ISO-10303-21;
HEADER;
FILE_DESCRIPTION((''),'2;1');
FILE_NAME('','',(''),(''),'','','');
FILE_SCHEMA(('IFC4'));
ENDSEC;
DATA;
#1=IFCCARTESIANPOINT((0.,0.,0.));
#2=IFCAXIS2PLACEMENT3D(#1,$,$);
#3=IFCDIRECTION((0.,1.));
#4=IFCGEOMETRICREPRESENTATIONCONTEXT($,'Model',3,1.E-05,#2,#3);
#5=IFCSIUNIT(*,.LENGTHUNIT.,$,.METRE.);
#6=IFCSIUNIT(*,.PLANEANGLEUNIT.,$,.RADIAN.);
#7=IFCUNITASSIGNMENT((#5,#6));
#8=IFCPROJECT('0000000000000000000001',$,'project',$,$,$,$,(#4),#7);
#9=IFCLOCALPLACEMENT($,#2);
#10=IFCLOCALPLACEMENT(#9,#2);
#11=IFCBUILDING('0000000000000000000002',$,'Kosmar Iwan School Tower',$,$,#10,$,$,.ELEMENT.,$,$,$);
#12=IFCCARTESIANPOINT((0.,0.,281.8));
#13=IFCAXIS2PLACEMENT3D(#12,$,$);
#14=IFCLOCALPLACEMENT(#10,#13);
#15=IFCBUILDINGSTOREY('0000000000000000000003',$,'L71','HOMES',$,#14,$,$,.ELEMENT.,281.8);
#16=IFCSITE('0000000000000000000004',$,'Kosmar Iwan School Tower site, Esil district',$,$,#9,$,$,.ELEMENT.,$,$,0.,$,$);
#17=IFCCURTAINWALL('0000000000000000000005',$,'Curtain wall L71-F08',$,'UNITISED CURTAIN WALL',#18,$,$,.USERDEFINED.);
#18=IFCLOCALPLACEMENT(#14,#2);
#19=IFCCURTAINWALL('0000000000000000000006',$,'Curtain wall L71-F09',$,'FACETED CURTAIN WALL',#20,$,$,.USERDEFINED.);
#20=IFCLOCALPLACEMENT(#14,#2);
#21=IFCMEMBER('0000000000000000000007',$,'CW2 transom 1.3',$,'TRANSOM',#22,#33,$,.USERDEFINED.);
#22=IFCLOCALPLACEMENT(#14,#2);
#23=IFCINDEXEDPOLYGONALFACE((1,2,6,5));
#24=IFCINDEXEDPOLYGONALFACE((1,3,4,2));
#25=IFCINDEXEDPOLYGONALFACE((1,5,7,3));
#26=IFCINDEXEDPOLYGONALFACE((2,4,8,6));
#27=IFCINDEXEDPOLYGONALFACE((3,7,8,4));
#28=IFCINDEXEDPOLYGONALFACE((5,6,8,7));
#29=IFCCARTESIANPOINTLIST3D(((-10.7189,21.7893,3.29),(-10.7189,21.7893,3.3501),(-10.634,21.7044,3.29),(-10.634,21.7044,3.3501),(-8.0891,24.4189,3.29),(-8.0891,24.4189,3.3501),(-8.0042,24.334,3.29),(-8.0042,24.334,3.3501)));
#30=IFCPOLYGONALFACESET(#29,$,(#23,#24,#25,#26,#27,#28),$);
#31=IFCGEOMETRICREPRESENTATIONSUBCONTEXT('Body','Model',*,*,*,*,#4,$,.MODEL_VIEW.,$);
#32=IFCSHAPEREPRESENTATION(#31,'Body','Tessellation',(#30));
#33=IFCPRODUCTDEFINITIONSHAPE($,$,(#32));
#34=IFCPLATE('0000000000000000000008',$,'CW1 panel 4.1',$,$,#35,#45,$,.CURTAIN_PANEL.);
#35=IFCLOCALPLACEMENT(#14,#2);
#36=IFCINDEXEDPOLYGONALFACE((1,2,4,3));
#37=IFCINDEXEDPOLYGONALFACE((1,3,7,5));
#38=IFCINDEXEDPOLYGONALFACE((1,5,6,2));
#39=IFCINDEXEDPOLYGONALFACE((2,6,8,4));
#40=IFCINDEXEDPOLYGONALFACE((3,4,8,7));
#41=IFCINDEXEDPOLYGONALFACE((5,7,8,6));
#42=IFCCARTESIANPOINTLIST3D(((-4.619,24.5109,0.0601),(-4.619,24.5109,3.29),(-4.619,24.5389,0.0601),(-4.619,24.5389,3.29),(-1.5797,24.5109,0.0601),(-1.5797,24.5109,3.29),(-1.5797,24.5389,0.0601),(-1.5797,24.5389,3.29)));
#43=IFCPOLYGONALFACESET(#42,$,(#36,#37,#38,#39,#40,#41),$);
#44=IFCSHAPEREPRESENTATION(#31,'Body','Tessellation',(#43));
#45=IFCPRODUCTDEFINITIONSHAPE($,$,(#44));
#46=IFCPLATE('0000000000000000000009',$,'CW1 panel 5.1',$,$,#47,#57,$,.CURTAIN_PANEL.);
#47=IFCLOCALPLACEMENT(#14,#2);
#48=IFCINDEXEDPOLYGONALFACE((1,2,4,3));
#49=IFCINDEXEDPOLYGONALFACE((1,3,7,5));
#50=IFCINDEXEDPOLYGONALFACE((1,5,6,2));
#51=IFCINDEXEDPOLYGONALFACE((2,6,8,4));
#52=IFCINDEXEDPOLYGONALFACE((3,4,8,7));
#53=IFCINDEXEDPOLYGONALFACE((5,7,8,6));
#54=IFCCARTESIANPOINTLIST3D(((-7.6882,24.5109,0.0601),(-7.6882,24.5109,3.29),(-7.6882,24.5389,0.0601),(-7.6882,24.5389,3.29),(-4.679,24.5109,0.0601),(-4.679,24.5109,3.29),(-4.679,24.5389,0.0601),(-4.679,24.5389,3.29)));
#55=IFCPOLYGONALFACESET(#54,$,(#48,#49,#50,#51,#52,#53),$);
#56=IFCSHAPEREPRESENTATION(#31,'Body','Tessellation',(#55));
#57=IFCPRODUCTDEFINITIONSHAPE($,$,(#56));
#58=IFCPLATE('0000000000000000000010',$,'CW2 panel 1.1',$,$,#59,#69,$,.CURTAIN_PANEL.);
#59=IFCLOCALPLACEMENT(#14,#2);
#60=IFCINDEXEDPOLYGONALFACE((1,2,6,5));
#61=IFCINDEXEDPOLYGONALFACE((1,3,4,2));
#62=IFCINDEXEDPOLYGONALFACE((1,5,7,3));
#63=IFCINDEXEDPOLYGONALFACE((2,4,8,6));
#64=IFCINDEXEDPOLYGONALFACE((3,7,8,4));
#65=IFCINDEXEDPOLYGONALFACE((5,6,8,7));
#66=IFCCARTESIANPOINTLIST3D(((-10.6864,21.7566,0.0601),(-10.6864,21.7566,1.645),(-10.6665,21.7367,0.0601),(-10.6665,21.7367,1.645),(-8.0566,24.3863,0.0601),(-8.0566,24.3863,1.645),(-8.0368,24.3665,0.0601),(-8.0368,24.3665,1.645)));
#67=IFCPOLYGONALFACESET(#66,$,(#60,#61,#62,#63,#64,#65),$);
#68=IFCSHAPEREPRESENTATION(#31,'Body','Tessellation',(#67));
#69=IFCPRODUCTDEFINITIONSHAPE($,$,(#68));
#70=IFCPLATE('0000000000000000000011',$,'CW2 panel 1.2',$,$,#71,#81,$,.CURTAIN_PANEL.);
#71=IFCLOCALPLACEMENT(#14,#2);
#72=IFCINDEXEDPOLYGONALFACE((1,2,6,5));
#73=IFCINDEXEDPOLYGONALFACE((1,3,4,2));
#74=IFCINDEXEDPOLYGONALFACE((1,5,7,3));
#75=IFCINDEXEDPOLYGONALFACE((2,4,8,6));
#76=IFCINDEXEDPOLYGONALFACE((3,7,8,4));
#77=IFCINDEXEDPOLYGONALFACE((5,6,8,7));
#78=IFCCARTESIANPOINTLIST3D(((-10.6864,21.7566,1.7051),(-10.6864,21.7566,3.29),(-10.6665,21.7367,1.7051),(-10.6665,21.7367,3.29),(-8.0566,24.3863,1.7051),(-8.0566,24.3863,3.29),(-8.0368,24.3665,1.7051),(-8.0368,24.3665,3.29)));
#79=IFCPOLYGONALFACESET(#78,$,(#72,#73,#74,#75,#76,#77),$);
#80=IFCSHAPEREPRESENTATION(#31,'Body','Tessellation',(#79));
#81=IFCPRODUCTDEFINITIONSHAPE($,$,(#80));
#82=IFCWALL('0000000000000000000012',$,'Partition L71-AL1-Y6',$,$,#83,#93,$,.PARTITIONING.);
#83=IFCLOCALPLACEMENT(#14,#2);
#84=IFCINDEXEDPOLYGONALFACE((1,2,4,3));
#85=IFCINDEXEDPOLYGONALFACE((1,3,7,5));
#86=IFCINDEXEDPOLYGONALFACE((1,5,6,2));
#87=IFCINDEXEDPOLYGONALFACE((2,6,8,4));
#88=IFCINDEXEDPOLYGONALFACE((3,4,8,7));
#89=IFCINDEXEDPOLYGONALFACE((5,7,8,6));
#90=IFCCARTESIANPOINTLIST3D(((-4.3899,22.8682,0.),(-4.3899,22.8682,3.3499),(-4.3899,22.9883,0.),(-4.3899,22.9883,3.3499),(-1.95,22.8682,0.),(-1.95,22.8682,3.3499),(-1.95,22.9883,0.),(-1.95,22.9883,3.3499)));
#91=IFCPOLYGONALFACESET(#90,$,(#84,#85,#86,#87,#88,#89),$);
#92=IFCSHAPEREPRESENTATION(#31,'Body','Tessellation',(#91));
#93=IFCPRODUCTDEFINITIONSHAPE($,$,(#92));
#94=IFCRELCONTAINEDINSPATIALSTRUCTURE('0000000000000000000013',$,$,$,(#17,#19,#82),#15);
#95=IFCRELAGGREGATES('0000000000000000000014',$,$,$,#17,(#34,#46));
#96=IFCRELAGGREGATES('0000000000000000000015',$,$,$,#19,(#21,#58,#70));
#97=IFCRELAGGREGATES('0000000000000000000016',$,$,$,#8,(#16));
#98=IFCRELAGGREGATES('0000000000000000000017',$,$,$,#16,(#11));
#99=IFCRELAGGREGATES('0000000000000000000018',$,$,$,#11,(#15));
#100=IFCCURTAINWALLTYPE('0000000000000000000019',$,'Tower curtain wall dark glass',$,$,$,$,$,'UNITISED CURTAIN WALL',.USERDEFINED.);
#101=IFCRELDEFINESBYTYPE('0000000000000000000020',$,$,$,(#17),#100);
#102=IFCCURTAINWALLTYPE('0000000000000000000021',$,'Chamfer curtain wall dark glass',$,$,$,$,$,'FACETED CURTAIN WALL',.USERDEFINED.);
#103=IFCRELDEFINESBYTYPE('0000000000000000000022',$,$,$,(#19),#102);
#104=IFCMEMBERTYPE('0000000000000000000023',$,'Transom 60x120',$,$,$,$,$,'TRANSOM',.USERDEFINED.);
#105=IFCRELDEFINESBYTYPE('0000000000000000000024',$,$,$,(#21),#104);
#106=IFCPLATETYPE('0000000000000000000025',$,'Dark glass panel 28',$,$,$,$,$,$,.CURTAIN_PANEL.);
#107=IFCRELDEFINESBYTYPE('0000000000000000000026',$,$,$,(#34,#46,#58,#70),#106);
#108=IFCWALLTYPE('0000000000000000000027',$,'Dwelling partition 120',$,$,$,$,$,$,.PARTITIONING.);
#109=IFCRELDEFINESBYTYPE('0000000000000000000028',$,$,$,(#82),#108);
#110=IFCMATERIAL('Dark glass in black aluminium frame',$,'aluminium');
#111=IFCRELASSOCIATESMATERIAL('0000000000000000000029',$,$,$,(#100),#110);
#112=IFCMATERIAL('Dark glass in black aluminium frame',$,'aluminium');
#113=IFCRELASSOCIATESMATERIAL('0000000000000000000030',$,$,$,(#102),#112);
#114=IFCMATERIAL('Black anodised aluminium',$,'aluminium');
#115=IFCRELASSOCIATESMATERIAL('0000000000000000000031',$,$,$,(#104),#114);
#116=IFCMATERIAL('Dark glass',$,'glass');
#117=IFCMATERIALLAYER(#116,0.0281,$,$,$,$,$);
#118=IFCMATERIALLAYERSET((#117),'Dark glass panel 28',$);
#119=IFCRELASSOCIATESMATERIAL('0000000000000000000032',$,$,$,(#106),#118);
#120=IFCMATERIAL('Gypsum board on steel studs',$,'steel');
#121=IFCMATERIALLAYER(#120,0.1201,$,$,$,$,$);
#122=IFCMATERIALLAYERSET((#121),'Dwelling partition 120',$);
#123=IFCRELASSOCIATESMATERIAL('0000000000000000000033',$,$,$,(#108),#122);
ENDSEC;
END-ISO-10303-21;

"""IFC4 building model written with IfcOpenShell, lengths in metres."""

from ifc_helpers import new_model, si_unit, direction, frame, frame_2d, origin, origin_2d, place, context, subcontext, project, spatial, rectangle, extrude, material, layer, layer_set, material_profile, profile_set, type_object, element, aggregate, save


model = new_model("IFC4")

# Units and contexts
model_context = context("Model", 3, precision=1e-05, world=origin(), true_north=direction((0.0, 1.0)))
body_context = subcontext(model_context, "Body", "Model", "MODEL_VIEW")
ifc_project = project(units=[si_unit("LENGTHUNIT", "METRE"), si_unit("PLANEANGLEUNIT", "RADIAN")], contexts=[model_context])

# Site, building, storey
site_placement = place(None, origin())
site = spatial("IfcSite", under=ifc_project, at=site_placement, Name="Kosmar Iwan School Tower site, Esil district", CompositionType="ELEMENT", RefElevation=0.0)
building_placement = place(site_placement, origin())
building = spatial("IfcBuilding", under=site, at=building_placement, Name="Kosmar Iwan School Tower", CompositionType="ELEMENT")
storey_placement = place(building_placement, frame((0.0, 0.0, 281.8)))
storey = spatial("IfcBuildingStorey", under=building, at=storey_placement, Name="L71", Description="HOMES", CompositionType="ELEMENT", Elevation=281.8)

# Curtain walls
ifc_material_1 = material(Name="Dark glass in black aluminium frame", Category="aluminium")
curtain_wall_type_1 = type_object("IfcCurtainWallType", Name="Tower curtain wall dark glass", ElementType="UNITISED CURTAIN WALL", PredefinedType="USERDEFINED", material=ifc_material_1)
curtain_wall_1_placement = place(storey_placement, origin())
curtain_wall_1 = element("IfcCurtainWall", 1, at=curtain_wall_1_placement, inside=storey, type_object=curtain_wall_type_1, Name="Curtain wall L71-F08", ObjectType="UNITISED CURTAIN WALL", PredefinedType="USERDEFINED")
ifc_material_2 = material(Name="Dark glass in black aluminium frame", Category="aluminium")
curtain_wall_type_2 = type_object("IfcCurtainWallType", Name="Chamfer curtain wall dark glass", ElementType="FACETED CURTAIN WALL", PredefinedType="USERDEFINED", material=ifc_material_2)
curtain_wall_2_placement = place(storey_placement, origin())
curtain_wall_2 = element("IfcCurtainWall", 2, at=curtain_wall_2_placement, inside=storey, type_object=curtain_wall_type_2, Name="Curtain wall L71-F09", ObjectType="FACETED CURTAIN WALL", PredefinedType="USERDEFINED")

# Member
ifc_material_3 = material(Name="Black anodised aluminium", Category="aluminium")
ifc_material_profile_1 = material_profile(ifc_material_3, rectangle(XDim=0.1201, YDim=0.0601, at=origin_2d()), Name="TRANSOM 60x120")
ifc_profile_set_1 = profile_set([ifc_material_profile_1], Name="Black anodised aluminium")
member_type_1 = type_object("IfcMemberType", Name="Transom 60x120", ElementType="TRANSOM", PredefinedType="USERDEFINED", material=ifc_profile_set_1)
member_1_placement = place(storey_placement, frame((-8.0466, 24.3765, 3.3201), z_axis=(-0.70714, -0.707074, 0.0), x_axis=(0.707074, -0.70714, 0.0)))
member_1 = element("IfcMember", 3, at=member_1_placement, type_object=member_type_1, Name="CW2 transom 1.3", ObjectType="TRANSOM", PredefinedType="USERDEFINED", context=body_context, shape_type="SweptSolid", body=[
    extrude(rectangle(XDim=0.1201, YDim=0.0601, at=origin_2d()), origin(), (0.0, 0.0, 1.0), 3.719),
])

# Plates
ifc_material_4 = material(Name="Dark glass", Category="glass")
ifc_layer_1 = layer(ifc_material_4, 0.0281)
ifc_layer_set_1 = layer_set([ifc_layer_1], Name="Dark glass panel 28")
plate_type = type_object("IfcPlateType", Name="Dark glass panel 28", PredefinedType="CURTAIN_PANEL", material=ifc_layer_set_1)
plate_1_placement = place(storey_placement, frame((-3.0994, 24.5249, 0.0601), z_axis=(0.0, 0.0, 1.0), x_axis=(-1.0, 0.0, 0.0)))
plate_1 = element("IfcPlate", 4, at=plate_1_placement, type_object=plate_type, Name="CW1 panel 4.1", PredefinedType="CURTAIN_PANEL", context=body_context, shape_type="SweptSolid", body=[
    extrude(rectangle(XDim=3.0393, YDim=0.0281, at=origin_2d()), origin(), (0.0, 0.0, 1.0), 3.23),
])
plate_2_placement = place(storey_placement, frame((-6.1836, 24.5249, 0.0601), z_axis=(0.0, 0.0, 1.0), x_axis=(-1.0, 0.0, 0.0)))
plate_2 = element("IfcPlate", 5, at=plate_2_placement, type_object=plate_type, Name="CW1 panel 5.1", PredefinedType="CURTAIN_PANEL", context=body_context, shape_type="SweptSolid", body=[
    extrude(rectangle(XDim=3.0093, YDim=0.0281, at=origin_2d()), origin(), (0.0, 0.0, 1.0), 3.23),
])
aggregate(curtain_wall_1, [plate_1, plate_2])
plate_3_placement = place(storey_placement, frame((-9.3616, 23.0615, 0.0601), z_axis=(0.0, 0.0, 1.0), x_axis=(-0.707107, -0.707107, 0.0)))
plate_3 = element("IfcPlate", 6, at=plate_3_placement, type_object=plate_type, Name="CW2 panel 1.1", PredefinedType="CURTAIN_PANEL", context=body_context, shape_type="SweptSolid", body=[
    extrude(rectangle(XDim=3.719, YDim=0.0281, at=origin_2d()), origin(), (0.0, 0.0, 1.0), 1.585),
])
plate_4_placement = place(storey_placement, frame((-9.3616, 23.0615, 1.7051), z_axis=(0.0, 0.0, 1.0), x_axis=(-0.707107, -0.707107, 0.0)))
plate_4 = element("IfcPlate", 7, at=plate_4_placement, type_object=plate_type, Name="CW2 panel 1.2", PredefinedType="CURTAIN_PANEL", context=body_context, shape_type="SweptSolid", body=[
    extrude(rectangle(XDim=3.719, YDim=0.0281, at=origin_2d()), origin(), (0.0, 0.0, 1.0), 1.585),
])
aggregate(curtain_wall_2, [member_1, plate_3, plate_4])

# Wall
ifc_material_5 = material(Name="Gypsum board on steel studs", Category="steel")
ifc_layer_2 = layer(ifc_material_5, 0.1201)
ifc_layer_set_2 = layer_set([ifc_layer_2], Name="Dwelling partition 120")
wall_type = type_object("IfcWallType", Name="Dwelling partition 120", PredefinedType="PARTITIONING", material=ifc_layer_set_2)
wall_placement = place(storey_placement, frame((-1.95, 22.9282, 0.0), z_axis=(0.0, 0.0, 1.0), x_axis=(-1.0, 0.0, 0.0)))
element("IfcWall", 8, at=wall_placement, inside=storey, type_object=wall_type, Name="Partition L71-AL1-Y6", PredefinedType="PARTITIONING", context=body_context, shape_type="SweptSolid", body=[
    extrude(rectangle(XDim=2.4399, YDim=0.1201, at=frame_2d((1.22, 0.0))), origin(), (0.0, 0.0, 1.0), 3.3499),
])

save(model, "model.ifc")
